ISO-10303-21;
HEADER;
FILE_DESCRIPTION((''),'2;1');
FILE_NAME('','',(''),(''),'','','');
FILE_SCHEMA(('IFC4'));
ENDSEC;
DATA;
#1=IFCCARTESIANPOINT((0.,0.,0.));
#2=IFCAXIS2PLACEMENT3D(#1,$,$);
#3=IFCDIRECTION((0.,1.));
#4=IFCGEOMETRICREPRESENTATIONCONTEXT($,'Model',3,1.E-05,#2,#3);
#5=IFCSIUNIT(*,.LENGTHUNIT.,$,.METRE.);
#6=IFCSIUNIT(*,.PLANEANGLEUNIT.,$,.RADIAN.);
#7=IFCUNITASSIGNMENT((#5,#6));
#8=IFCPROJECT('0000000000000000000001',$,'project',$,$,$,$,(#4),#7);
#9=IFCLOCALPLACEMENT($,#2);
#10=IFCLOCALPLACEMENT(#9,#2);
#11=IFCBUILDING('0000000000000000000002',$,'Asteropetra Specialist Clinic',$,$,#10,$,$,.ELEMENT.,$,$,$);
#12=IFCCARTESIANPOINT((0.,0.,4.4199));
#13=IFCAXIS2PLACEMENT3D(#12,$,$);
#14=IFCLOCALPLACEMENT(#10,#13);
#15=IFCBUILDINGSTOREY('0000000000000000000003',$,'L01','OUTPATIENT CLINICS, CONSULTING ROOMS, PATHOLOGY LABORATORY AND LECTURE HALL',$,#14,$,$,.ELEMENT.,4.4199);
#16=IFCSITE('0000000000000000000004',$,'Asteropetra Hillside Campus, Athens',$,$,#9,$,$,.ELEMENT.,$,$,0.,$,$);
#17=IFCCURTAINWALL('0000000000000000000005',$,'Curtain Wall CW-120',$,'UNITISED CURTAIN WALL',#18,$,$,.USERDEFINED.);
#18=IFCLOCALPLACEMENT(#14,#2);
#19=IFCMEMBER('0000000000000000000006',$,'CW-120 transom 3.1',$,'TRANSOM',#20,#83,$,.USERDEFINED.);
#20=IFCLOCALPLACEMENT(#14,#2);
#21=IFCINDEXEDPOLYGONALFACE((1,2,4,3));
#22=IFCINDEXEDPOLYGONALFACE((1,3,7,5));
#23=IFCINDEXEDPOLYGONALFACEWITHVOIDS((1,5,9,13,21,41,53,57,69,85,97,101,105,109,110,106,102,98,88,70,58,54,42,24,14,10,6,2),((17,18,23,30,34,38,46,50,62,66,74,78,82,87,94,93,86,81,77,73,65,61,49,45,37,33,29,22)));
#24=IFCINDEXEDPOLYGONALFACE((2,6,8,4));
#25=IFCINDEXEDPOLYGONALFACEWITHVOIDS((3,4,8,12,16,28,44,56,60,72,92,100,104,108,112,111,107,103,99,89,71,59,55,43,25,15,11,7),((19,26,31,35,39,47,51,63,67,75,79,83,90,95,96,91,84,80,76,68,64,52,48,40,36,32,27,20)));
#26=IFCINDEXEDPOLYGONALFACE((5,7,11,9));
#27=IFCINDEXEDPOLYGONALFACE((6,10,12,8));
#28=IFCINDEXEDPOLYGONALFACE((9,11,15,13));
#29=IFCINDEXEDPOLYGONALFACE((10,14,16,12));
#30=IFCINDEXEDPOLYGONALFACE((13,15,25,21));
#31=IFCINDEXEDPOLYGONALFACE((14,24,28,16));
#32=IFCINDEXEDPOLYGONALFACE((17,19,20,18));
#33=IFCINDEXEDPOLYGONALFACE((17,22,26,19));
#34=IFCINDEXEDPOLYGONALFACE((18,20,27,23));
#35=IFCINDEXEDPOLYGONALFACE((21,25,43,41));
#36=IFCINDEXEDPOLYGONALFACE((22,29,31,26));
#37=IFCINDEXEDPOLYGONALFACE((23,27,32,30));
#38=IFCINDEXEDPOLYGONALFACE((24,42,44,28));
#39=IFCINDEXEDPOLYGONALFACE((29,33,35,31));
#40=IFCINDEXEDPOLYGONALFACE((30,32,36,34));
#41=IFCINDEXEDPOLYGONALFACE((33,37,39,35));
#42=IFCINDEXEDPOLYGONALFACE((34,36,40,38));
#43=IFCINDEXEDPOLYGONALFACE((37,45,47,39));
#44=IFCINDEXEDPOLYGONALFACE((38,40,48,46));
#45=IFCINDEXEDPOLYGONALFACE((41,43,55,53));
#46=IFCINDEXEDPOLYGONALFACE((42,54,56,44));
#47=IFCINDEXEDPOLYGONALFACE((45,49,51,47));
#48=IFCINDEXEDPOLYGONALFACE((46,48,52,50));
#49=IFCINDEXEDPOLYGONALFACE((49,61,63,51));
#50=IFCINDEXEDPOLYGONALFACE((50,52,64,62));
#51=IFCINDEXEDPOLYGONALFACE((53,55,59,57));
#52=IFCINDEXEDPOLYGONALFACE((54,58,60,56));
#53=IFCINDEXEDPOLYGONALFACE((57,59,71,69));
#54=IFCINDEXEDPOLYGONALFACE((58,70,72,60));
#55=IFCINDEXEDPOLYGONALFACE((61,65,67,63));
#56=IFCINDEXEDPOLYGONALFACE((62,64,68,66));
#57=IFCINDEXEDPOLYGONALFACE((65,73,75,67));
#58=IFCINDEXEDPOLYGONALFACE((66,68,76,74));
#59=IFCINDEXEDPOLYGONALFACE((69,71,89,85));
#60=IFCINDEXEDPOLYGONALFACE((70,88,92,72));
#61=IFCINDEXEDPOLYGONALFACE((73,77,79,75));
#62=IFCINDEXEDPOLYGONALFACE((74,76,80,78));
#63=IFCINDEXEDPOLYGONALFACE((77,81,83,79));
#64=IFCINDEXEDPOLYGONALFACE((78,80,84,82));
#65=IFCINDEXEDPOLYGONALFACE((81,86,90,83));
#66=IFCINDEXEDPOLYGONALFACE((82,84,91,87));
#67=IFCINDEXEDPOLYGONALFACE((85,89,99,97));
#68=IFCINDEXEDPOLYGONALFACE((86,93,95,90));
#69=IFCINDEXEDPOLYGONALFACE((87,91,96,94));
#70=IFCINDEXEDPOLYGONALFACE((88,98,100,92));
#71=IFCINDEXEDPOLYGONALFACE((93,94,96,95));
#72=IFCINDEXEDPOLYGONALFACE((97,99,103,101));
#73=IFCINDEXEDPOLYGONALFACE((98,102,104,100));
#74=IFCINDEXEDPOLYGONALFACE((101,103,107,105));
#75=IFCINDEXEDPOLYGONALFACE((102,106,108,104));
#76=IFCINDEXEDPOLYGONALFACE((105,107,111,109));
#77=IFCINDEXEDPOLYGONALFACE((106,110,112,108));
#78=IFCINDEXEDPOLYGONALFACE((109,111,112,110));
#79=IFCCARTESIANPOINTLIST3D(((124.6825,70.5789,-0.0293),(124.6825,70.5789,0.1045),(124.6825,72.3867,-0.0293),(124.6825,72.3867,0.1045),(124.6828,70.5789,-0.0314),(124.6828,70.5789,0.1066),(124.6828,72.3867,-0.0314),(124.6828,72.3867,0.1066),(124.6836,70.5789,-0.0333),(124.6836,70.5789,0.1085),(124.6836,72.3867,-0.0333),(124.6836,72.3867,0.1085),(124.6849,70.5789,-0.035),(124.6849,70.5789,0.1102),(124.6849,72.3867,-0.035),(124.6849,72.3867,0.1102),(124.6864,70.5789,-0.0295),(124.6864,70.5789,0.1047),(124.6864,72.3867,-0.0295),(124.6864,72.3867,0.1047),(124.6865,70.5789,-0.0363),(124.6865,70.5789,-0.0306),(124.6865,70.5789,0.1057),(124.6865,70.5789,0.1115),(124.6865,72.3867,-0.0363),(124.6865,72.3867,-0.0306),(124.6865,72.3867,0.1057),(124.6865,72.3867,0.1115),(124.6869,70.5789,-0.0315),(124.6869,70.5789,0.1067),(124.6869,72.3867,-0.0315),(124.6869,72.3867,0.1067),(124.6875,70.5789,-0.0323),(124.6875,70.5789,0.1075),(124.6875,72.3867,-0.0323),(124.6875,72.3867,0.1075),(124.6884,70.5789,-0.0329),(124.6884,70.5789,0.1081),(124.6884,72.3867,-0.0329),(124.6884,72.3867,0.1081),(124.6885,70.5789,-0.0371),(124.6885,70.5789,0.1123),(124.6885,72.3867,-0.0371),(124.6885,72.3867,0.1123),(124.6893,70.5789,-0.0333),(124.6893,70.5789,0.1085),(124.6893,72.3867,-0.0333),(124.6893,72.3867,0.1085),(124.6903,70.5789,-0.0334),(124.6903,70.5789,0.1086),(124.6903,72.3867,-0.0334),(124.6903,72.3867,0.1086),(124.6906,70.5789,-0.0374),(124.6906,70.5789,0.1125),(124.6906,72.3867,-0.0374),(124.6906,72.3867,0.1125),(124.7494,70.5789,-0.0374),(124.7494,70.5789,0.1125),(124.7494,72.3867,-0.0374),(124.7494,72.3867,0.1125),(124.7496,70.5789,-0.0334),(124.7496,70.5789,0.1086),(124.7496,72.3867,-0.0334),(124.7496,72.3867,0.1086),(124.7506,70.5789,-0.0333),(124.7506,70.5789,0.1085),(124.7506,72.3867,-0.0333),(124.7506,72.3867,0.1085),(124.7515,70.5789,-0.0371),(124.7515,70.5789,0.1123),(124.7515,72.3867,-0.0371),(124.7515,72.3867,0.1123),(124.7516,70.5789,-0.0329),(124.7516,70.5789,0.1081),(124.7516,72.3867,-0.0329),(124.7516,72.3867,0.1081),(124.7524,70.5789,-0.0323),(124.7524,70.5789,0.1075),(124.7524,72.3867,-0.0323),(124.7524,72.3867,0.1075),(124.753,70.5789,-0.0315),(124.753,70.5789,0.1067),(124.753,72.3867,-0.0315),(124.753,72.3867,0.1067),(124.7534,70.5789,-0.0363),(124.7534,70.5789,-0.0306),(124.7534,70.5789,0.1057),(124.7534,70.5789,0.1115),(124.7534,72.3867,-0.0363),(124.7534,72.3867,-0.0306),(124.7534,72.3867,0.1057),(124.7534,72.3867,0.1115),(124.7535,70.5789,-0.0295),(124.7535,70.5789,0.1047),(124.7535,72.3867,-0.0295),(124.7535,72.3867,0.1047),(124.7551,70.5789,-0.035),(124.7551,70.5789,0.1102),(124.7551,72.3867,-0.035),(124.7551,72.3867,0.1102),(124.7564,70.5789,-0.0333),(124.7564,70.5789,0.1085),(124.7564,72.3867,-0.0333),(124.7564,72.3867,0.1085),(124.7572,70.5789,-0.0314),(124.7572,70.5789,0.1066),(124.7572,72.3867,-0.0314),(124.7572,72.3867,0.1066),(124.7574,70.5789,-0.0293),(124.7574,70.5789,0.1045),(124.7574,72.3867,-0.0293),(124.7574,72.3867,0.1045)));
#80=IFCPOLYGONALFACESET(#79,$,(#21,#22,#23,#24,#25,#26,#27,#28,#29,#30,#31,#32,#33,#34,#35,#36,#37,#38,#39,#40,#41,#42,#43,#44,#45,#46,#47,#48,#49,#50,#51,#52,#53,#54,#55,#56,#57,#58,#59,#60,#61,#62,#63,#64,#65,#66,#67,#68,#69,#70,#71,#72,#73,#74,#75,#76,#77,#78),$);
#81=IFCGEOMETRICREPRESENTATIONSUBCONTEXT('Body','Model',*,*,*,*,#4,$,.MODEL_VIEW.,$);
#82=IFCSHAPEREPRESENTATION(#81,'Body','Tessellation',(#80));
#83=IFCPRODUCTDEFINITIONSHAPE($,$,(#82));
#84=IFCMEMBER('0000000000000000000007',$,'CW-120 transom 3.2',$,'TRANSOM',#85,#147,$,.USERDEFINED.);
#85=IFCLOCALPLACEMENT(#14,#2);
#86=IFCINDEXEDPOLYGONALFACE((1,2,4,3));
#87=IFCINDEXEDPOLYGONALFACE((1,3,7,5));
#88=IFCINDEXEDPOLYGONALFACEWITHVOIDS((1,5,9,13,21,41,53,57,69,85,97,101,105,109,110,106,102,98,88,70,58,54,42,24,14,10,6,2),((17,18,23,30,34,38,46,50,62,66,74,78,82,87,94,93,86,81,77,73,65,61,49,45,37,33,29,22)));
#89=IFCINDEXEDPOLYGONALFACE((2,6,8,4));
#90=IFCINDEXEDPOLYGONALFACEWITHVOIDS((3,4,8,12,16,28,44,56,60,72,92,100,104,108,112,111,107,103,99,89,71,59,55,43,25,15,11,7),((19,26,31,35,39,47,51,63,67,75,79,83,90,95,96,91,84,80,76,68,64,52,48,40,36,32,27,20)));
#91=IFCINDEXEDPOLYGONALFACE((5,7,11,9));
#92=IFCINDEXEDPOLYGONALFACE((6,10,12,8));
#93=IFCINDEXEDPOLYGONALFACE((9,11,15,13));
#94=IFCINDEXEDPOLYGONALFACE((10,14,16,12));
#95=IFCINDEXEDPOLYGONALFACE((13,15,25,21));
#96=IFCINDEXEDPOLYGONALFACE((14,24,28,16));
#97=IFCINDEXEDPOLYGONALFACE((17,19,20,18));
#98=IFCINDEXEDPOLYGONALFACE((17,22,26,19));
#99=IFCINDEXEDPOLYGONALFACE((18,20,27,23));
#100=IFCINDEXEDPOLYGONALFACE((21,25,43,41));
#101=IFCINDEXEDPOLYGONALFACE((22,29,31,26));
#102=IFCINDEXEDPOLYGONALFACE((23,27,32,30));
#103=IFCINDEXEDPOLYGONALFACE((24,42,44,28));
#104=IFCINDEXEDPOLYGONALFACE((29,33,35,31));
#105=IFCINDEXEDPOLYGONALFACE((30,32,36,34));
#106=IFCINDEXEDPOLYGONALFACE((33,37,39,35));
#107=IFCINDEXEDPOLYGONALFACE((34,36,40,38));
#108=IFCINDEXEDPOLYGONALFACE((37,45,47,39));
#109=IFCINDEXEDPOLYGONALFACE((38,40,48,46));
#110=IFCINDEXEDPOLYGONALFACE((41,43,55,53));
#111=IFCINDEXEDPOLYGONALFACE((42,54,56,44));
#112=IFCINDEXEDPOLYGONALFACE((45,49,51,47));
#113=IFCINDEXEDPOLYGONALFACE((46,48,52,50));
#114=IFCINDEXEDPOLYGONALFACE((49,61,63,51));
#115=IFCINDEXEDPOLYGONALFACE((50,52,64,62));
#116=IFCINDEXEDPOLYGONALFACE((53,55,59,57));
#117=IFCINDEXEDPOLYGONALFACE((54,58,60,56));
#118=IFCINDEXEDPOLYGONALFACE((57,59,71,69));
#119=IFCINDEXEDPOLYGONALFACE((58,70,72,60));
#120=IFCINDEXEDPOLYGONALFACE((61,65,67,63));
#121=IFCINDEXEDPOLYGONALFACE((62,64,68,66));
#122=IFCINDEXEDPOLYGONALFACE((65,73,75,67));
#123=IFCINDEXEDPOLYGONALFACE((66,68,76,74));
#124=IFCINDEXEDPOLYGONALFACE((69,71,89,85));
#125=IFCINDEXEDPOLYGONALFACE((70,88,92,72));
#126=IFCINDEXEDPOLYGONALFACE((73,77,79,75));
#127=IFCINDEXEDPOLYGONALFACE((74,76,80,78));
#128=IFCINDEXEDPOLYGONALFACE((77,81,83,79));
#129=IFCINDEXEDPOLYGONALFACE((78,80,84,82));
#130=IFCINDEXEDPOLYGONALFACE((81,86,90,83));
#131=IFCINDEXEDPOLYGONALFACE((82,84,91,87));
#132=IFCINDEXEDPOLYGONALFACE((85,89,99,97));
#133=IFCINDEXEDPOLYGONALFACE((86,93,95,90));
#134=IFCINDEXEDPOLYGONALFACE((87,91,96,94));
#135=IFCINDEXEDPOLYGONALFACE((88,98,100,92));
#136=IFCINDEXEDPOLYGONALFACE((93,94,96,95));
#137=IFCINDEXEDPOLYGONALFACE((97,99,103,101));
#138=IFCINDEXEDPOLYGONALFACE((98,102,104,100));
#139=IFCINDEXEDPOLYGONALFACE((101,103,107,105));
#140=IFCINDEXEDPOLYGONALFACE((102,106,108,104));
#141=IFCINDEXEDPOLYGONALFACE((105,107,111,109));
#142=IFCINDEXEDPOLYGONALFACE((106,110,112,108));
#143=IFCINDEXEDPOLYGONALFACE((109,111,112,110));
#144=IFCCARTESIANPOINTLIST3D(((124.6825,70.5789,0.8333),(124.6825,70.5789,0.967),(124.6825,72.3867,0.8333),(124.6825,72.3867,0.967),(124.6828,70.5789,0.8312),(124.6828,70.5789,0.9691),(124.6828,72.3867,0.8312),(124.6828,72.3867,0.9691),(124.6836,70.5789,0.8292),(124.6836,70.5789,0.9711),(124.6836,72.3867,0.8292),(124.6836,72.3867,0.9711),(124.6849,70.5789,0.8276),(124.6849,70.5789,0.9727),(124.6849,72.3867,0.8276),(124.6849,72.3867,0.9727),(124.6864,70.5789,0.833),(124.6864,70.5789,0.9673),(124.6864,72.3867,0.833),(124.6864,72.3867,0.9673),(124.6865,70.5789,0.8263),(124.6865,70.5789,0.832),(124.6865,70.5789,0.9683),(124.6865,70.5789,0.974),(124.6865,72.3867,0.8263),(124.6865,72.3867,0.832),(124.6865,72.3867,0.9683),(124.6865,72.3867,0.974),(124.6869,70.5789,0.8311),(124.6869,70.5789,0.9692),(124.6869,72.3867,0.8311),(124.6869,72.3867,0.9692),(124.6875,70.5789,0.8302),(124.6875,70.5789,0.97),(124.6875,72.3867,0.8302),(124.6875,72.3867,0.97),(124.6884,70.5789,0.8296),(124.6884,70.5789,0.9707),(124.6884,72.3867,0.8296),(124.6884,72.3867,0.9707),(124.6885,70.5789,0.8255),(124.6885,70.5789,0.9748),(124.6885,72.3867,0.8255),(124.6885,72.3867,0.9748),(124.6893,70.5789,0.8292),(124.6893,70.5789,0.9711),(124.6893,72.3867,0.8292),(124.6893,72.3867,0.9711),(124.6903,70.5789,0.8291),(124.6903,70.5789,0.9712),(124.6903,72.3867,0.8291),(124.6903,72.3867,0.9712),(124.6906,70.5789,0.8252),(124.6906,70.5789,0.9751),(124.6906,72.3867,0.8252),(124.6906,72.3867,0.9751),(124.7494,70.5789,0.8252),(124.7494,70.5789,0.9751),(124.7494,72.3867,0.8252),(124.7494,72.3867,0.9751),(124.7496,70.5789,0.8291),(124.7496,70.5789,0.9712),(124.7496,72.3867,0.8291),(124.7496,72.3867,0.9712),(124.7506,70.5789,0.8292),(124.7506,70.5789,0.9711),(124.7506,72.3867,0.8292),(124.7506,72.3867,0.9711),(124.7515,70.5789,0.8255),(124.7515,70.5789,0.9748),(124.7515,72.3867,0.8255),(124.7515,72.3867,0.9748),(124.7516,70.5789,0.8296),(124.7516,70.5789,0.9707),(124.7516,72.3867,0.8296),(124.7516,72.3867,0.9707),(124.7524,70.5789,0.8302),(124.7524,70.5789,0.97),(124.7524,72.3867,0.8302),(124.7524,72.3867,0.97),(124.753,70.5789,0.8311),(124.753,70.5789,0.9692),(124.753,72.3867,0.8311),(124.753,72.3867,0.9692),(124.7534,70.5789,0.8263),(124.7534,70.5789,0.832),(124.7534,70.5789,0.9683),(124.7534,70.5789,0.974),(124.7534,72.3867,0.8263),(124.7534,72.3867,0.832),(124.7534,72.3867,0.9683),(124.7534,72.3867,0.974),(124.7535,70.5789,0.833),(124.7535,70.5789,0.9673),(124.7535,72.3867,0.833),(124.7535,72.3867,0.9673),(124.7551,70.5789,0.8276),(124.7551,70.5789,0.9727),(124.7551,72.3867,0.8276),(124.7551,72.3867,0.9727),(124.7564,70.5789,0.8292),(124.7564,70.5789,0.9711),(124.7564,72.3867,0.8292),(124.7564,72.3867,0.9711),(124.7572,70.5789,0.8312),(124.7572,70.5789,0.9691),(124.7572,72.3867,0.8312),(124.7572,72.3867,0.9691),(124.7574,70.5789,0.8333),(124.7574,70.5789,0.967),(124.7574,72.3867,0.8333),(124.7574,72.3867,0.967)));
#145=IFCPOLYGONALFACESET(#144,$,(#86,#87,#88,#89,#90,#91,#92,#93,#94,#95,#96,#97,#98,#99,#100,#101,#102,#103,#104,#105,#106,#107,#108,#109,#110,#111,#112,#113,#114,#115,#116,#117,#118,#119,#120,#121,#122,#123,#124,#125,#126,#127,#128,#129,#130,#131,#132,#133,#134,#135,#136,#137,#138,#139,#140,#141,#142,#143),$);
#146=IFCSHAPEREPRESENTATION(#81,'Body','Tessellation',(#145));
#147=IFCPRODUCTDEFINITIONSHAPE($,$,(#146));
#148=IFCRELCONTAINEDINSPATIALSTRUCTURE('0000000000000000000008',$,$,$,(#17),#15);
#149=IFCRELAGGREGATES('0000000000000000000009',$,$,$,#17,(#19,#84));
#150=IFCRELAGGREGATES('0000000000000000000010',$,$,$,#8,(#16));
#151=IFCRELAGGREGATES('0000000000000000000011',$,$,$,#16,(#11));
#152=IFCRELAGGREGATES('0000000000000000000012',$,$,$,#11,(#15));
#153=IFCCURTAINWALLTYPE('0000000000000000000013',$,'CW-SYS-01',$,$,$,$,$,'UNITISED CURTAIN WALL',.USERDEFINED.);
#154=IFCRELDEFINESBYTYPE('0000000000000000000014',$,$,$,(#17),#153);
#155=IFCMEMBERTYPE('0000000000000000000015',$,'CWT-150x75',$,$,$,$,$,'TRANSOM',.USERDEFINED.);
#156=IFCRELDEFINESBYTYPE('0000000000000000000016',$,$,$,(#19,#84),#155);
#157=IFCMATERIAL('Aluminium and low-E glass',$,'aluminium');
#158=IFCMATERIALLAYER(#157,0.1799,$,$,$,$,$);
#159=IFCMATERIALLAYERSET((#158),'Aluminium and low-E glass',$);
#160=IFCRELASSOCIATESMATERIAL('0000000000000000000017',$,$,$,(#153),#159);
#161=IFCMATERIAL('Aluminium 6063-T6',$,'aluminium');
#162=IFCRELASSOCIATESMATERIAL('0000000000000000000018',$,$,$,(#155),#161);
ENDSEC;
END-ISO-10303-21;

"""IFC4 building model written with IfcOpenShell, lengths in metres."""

from ifc_helpers import new_model, si_unit, direction, frame, origin, origin_2d, place, context, subcontext, project, spatial, hollow_rectangle, extrude, material, layer, layer_set, material_profile, profile_set, type_object, element, aggregate, save


model = new_model("IFC4")

# Units and contexts
model_context = context("Model", 3, precision=1e-05, world=origin(), true_north=direction((0.0, 1.0)))
body_context = subcontext(model_context, "Body", "Model", "MODEL_VIEW")
ifc_project = project(units=[si_unit("LENGTHUNIT", "METRE"), si_unit("PLANEANGLEUNIT", "RADIAN")], contexts=[model_context])

# Site, building, storey
site_placement = place(None, origin())
site = spatial("IfcSite", under=ifc_project, at=site_placement, Name="Asteropetra Hillside Campus, Athens", CompositionType="ELEMENT", RefElevation=0.0)
building_placement = place(site_placement, origin())
building = spatial("IfcBuilding", under=site, at=building_placement, Name="Asteropetra Specialist Clinic", CompositionType="ELEMENT")
storey_placement = place(building_placement, frame((0.0, 0.0, 4.4199)))
storey = spatial("IfcBuildingStorey", under=building, at=storey_placement, Name="L01", Description="OUTPATIENT CLINICS, CONSULTING ROOMS, PATHOLOGY LABORATORY AND LECTURE HALL", CompositionType="ELEMENT", Elevation=4.4199)

# Curtain wall, members
ifc_material_1 = material(Name="Aluminium and low-E glass", Category="aluminium")
ifc_layer_1 = layer(ifc_material_1, 0.1799)
ifc_layer_set_1 = layer_set([ifc_layer_1], Name="Aluminium and low-E glass")
curtain_wall_type = type_object("IfcCurtainWallType", Name="CW-SYS-01", ElementType="UNITISED CURTAIN WALL", PredefinedType="USERDEFINED", material=ifc_layer_set_1)
curtain_wall_placement = place(storey_placement, origin())
curtain_wall = element("IfcCurtainWall", 1, at=curtain_wall_placement, inside=storey, type_object=curtain_wall_type, Name="Curtain Wall CW-120", ObjectType="UNITISED CURTAIN WALL", PredefinedType="USERDEFINED")
ifc_material_2 = material(Name="Aluminium 6063-T6", Category="aluminium")
ifc_material_profile_1 = material_profile(ifc_material_2, hollow_rectangle(XDim=0.075, YDim=0.1499, WallThickness=0.0039, InnerFilletRadius=0.0039, OuterFilletRadius=0.0081, at=origin_2d()), Name="TRN 150x75x4.0")
ifc_profile_set_1 = profile_set([ifc_material_profile_1], Name="Aluminium 6063-T6")
member_type_1 = type_object("IfcMemberType", Name="CWT-150x75", ElementType="TRANSOM", PredefinedType="USERDEFINED", material=ifc_profile_set_1)
member_1_placement = place(storey_placement, frame((124.72, 72.3867, 0.0376), z_axis=(0.0, -1.0, 0.0), x_axis=(1.0, 0.0, 0.0)))
member_1 = element("IfcMember", 2, at=member_1_placement, type_object=member_type_1, Name="CW-120 transom 3.1", ObjectType="TRANSOM", PredefinedType="USERDEFINED", context=body_context, shape_type="SweptSolid", body=[
    extrude(hollow_rectangle(XDim=0.075, YDim=0.1499, WallThickness=0.0039, InnerFilletRadius=0.0039, OuterFilletRadius=0.0081, at=origin_2d()), origin(), (0.0, 0.0, 1.0), 1.8079),
])
member_2_placement = place(storey_placement, frame((124.72, 72.3867, 0.9001), z_axis=(0.0, -1.0, 0.0), x_axis=(1.0, 0.0, 0.0)))
member_2 = element("IfcMember", 3, at=member_2_placement, type_object=member_type_1, Name="CW-120 transom 3.2", ObjectType="TRANSOM", PredefinedType="USERDEFINED", context=body_context, shape_type="SweptSolid", body=[
    extrude(hollow_rectangle(XDim=0.075, YDim=0.1499, WallThickness=0.0039, InnerFilletRadius=0.0039, OuterFilletRadius=0.0081, at=origin_2d()), origin(), (0.0, 0.0, 1.0), 1.8079),
])
aggregate(curtain_wall, [member_1, member_2])

save(model, "model.ifc")
